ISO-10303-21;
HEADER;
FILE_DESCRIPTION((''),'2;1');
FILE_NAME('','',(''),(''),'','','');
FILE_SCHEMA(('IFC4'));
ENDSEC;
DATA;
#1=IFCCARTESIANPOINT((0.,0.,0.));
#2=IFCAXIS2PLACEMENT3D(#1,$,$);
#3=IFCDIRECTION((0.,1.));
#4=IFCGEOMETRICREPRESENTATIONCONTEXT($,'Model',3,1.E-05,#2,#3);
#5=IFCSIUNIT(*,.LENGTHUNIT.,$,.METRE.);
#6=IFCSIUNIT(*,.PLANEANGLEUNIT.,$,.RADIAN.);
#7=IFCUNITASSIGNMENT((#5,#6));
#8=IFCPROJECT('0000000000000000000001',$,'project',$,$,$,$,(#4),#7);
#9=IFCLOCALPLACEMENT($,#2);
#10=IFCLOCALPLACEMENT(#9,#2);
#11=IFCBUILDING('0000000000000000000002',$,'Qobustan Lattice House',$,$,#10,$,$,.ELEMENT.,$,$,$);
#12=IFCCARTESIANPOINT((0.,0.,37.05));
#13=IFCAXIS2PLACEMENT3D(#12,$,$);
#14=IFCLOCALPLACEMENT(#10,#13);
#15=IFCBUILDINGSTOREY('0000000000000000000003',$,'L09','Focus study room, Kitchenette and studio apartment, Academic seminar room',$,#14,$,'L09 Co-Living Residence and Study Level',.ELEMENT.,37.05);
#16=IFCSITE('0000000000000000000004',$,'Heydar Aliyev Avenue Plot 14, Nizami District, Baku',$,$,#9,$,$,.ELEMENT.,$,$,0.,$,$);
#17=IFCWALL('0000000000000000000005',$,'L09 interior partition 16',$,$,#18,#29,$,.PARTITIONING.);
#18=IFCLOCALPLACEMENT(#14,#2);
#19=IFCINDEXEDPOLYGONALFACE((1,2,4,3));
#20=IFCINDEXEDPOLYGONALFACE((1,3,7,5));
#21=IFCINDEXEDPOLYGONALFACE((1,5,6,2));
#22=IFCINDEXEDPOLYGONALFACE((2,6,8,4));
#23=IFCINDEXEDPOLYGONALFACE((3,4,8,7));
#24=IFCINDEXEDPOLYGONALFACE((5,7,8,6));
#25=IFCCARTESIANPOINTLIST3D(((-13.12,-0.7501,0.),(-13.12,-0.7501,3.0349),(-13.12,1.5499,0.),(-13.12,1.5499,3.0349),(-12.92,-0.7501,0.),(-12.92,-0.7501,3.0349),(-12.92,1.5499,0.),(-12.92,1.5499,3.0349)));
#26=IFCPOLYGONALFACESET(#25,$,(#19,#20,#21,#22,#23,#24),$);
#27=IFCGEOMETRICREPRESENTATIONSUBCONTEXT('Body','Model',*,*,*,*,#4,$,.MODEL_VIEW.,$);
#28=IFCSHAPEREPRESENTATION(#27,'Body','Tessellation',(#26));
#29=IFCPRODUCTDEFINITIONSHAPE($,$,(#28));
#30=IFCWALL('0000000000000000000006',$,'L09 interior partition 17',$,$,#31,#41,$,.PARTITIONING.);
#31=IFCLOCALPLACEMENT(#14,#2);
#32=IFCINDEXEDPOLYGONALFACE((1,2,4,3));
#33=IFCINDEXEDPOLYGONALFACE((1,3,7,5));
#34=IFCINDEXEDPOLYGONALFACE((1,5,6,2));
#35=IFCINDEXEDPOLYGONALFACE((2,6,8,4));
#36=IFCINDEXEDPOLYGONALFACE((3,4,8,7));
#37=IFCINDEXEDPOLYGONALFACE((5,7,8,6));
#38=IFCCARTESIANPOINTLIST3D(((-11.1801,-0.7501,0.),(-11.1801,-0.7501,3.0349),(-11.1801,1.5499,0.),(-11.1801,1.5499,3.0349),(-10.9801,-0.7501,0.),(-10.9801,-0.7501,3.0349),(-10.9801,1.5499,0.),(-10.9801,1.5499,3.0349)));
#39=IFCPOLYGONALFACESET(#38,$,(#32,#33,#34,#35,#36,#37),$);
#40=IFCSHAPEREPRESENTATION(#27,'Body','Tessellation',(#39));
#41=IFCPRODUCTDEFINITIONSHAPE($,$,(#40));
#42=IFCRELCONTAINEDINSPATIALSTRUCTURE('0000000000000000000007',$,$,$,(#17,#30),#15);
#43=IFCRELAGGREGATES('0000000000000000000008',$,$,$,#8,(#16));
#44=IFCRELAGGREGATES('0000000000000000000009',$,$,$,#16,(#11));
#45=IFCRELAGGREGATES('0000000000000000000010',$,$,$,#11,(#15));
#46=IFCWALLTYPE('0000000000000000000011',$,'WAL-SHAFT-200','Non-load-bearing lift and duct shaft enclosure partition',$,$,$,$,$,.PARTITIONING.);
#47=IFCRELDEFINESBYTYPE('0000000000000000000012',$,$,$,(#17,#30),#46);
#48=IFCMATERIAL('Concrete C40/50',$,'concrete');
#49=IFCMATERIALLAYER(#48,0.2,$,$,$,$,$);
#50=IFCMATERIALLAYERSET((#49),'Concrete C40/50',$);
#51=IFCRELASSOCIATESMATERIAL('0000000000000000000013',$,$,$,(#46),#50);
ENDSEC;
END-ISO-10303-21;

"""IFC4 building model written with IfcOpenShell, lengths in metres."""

from ifc_helpers import new_model, si_unit, direction, frame, frame_2d, origin, place, context, subcontext, project, spatial, rectangle, extrude, material, layer, layer_set, type_object, element, save


model = new_model("IFC4")

# Units and contexts
model_context = context("Model", 3, precision=1e-05, world=origin(), true_north=direction((0.0, 1.0)))
body_context = subcontext(model_context, "Body", "Model", "MODEL_VIEW")
ifc_project = project(units=[si_unit("LENGTHUNIT", "METRE"), si_unit("PLANEANGLEUNIT", "RADIAN")], contexts=[model_context])

# Site, building, storey
site_placement = place(None, origin())
site = spatial("IfcSite", under=ifc_project, at=site_placement, Name="Heydar Aliyev Avenue Plot 14, Nizami District, Baku", CompositionType="ELEMENT", RefElevation=0.0)
building_placement = place(site_placement, origin())
building = spatial("IfcBuilding", under=site, at=building_placement, Name="Qobustan Lattice House", CompositionType="ELEMENT")
storey_placement = place(building_placement, frame((0.0, 0.0, 37.05)))
storey = spatial("IfcBuildingStorey", under=building, at=storey_placement, Name="L09", Description="Focus study room, Kitchenette and studio apartment, Academic seminar room", LongName="L09 Co-Living Residence and Study Level", CompositionType="ELEMENT", Elevation=37.05)

# Shared definitions
ifc_material_1 = material(Name="Concrete C40/50", Category="concrete")
ifc_layer_1 = layer(ifc_material_1, 0.2)
ifc_layer_set_1 = layer_set([ifc_layer_1], Name="Concrete C40/50")
wall_type_1 = type_object("IfcWallType", Name="WAL-SHAFT-200", Description="Non-load-bearing lift and duct shaft enclosure partition", PredefinedType="PARTITIONING", material=ifc_layer_set_1)

# Walls
for number, where, z_axis, x_axis, name in (
    (1, (-13.02, -0.75, 0.0), (0.0, 0.0, 1.0), (0.0, 1.0, 0.0), "L09 interior partition 16"),
    (2, (-11.0801, -0.75, 0.0), (0.0, 0.0, 1.0), (0.0, 1.0, 0.0), "L09 interior partition 17"),
):
    element("IfcWall", number, at=place(storey_placement, frame(where, z_axis=z_axis, x_axis=x_axis)), inside=storey, type_object=wall_type_1, Name=name, PredefinedType="PARTITIONING", context=body_context, shape_type="SweptSolid", body=[
        extrude(rectangle(XDim=2.3, YDim=0.2, at=frame_2d((1.1499, 0.0))), origin(), (0.0, 0.0, 1.0), 3.0349),
    ])

save(model, "model.ifc")
